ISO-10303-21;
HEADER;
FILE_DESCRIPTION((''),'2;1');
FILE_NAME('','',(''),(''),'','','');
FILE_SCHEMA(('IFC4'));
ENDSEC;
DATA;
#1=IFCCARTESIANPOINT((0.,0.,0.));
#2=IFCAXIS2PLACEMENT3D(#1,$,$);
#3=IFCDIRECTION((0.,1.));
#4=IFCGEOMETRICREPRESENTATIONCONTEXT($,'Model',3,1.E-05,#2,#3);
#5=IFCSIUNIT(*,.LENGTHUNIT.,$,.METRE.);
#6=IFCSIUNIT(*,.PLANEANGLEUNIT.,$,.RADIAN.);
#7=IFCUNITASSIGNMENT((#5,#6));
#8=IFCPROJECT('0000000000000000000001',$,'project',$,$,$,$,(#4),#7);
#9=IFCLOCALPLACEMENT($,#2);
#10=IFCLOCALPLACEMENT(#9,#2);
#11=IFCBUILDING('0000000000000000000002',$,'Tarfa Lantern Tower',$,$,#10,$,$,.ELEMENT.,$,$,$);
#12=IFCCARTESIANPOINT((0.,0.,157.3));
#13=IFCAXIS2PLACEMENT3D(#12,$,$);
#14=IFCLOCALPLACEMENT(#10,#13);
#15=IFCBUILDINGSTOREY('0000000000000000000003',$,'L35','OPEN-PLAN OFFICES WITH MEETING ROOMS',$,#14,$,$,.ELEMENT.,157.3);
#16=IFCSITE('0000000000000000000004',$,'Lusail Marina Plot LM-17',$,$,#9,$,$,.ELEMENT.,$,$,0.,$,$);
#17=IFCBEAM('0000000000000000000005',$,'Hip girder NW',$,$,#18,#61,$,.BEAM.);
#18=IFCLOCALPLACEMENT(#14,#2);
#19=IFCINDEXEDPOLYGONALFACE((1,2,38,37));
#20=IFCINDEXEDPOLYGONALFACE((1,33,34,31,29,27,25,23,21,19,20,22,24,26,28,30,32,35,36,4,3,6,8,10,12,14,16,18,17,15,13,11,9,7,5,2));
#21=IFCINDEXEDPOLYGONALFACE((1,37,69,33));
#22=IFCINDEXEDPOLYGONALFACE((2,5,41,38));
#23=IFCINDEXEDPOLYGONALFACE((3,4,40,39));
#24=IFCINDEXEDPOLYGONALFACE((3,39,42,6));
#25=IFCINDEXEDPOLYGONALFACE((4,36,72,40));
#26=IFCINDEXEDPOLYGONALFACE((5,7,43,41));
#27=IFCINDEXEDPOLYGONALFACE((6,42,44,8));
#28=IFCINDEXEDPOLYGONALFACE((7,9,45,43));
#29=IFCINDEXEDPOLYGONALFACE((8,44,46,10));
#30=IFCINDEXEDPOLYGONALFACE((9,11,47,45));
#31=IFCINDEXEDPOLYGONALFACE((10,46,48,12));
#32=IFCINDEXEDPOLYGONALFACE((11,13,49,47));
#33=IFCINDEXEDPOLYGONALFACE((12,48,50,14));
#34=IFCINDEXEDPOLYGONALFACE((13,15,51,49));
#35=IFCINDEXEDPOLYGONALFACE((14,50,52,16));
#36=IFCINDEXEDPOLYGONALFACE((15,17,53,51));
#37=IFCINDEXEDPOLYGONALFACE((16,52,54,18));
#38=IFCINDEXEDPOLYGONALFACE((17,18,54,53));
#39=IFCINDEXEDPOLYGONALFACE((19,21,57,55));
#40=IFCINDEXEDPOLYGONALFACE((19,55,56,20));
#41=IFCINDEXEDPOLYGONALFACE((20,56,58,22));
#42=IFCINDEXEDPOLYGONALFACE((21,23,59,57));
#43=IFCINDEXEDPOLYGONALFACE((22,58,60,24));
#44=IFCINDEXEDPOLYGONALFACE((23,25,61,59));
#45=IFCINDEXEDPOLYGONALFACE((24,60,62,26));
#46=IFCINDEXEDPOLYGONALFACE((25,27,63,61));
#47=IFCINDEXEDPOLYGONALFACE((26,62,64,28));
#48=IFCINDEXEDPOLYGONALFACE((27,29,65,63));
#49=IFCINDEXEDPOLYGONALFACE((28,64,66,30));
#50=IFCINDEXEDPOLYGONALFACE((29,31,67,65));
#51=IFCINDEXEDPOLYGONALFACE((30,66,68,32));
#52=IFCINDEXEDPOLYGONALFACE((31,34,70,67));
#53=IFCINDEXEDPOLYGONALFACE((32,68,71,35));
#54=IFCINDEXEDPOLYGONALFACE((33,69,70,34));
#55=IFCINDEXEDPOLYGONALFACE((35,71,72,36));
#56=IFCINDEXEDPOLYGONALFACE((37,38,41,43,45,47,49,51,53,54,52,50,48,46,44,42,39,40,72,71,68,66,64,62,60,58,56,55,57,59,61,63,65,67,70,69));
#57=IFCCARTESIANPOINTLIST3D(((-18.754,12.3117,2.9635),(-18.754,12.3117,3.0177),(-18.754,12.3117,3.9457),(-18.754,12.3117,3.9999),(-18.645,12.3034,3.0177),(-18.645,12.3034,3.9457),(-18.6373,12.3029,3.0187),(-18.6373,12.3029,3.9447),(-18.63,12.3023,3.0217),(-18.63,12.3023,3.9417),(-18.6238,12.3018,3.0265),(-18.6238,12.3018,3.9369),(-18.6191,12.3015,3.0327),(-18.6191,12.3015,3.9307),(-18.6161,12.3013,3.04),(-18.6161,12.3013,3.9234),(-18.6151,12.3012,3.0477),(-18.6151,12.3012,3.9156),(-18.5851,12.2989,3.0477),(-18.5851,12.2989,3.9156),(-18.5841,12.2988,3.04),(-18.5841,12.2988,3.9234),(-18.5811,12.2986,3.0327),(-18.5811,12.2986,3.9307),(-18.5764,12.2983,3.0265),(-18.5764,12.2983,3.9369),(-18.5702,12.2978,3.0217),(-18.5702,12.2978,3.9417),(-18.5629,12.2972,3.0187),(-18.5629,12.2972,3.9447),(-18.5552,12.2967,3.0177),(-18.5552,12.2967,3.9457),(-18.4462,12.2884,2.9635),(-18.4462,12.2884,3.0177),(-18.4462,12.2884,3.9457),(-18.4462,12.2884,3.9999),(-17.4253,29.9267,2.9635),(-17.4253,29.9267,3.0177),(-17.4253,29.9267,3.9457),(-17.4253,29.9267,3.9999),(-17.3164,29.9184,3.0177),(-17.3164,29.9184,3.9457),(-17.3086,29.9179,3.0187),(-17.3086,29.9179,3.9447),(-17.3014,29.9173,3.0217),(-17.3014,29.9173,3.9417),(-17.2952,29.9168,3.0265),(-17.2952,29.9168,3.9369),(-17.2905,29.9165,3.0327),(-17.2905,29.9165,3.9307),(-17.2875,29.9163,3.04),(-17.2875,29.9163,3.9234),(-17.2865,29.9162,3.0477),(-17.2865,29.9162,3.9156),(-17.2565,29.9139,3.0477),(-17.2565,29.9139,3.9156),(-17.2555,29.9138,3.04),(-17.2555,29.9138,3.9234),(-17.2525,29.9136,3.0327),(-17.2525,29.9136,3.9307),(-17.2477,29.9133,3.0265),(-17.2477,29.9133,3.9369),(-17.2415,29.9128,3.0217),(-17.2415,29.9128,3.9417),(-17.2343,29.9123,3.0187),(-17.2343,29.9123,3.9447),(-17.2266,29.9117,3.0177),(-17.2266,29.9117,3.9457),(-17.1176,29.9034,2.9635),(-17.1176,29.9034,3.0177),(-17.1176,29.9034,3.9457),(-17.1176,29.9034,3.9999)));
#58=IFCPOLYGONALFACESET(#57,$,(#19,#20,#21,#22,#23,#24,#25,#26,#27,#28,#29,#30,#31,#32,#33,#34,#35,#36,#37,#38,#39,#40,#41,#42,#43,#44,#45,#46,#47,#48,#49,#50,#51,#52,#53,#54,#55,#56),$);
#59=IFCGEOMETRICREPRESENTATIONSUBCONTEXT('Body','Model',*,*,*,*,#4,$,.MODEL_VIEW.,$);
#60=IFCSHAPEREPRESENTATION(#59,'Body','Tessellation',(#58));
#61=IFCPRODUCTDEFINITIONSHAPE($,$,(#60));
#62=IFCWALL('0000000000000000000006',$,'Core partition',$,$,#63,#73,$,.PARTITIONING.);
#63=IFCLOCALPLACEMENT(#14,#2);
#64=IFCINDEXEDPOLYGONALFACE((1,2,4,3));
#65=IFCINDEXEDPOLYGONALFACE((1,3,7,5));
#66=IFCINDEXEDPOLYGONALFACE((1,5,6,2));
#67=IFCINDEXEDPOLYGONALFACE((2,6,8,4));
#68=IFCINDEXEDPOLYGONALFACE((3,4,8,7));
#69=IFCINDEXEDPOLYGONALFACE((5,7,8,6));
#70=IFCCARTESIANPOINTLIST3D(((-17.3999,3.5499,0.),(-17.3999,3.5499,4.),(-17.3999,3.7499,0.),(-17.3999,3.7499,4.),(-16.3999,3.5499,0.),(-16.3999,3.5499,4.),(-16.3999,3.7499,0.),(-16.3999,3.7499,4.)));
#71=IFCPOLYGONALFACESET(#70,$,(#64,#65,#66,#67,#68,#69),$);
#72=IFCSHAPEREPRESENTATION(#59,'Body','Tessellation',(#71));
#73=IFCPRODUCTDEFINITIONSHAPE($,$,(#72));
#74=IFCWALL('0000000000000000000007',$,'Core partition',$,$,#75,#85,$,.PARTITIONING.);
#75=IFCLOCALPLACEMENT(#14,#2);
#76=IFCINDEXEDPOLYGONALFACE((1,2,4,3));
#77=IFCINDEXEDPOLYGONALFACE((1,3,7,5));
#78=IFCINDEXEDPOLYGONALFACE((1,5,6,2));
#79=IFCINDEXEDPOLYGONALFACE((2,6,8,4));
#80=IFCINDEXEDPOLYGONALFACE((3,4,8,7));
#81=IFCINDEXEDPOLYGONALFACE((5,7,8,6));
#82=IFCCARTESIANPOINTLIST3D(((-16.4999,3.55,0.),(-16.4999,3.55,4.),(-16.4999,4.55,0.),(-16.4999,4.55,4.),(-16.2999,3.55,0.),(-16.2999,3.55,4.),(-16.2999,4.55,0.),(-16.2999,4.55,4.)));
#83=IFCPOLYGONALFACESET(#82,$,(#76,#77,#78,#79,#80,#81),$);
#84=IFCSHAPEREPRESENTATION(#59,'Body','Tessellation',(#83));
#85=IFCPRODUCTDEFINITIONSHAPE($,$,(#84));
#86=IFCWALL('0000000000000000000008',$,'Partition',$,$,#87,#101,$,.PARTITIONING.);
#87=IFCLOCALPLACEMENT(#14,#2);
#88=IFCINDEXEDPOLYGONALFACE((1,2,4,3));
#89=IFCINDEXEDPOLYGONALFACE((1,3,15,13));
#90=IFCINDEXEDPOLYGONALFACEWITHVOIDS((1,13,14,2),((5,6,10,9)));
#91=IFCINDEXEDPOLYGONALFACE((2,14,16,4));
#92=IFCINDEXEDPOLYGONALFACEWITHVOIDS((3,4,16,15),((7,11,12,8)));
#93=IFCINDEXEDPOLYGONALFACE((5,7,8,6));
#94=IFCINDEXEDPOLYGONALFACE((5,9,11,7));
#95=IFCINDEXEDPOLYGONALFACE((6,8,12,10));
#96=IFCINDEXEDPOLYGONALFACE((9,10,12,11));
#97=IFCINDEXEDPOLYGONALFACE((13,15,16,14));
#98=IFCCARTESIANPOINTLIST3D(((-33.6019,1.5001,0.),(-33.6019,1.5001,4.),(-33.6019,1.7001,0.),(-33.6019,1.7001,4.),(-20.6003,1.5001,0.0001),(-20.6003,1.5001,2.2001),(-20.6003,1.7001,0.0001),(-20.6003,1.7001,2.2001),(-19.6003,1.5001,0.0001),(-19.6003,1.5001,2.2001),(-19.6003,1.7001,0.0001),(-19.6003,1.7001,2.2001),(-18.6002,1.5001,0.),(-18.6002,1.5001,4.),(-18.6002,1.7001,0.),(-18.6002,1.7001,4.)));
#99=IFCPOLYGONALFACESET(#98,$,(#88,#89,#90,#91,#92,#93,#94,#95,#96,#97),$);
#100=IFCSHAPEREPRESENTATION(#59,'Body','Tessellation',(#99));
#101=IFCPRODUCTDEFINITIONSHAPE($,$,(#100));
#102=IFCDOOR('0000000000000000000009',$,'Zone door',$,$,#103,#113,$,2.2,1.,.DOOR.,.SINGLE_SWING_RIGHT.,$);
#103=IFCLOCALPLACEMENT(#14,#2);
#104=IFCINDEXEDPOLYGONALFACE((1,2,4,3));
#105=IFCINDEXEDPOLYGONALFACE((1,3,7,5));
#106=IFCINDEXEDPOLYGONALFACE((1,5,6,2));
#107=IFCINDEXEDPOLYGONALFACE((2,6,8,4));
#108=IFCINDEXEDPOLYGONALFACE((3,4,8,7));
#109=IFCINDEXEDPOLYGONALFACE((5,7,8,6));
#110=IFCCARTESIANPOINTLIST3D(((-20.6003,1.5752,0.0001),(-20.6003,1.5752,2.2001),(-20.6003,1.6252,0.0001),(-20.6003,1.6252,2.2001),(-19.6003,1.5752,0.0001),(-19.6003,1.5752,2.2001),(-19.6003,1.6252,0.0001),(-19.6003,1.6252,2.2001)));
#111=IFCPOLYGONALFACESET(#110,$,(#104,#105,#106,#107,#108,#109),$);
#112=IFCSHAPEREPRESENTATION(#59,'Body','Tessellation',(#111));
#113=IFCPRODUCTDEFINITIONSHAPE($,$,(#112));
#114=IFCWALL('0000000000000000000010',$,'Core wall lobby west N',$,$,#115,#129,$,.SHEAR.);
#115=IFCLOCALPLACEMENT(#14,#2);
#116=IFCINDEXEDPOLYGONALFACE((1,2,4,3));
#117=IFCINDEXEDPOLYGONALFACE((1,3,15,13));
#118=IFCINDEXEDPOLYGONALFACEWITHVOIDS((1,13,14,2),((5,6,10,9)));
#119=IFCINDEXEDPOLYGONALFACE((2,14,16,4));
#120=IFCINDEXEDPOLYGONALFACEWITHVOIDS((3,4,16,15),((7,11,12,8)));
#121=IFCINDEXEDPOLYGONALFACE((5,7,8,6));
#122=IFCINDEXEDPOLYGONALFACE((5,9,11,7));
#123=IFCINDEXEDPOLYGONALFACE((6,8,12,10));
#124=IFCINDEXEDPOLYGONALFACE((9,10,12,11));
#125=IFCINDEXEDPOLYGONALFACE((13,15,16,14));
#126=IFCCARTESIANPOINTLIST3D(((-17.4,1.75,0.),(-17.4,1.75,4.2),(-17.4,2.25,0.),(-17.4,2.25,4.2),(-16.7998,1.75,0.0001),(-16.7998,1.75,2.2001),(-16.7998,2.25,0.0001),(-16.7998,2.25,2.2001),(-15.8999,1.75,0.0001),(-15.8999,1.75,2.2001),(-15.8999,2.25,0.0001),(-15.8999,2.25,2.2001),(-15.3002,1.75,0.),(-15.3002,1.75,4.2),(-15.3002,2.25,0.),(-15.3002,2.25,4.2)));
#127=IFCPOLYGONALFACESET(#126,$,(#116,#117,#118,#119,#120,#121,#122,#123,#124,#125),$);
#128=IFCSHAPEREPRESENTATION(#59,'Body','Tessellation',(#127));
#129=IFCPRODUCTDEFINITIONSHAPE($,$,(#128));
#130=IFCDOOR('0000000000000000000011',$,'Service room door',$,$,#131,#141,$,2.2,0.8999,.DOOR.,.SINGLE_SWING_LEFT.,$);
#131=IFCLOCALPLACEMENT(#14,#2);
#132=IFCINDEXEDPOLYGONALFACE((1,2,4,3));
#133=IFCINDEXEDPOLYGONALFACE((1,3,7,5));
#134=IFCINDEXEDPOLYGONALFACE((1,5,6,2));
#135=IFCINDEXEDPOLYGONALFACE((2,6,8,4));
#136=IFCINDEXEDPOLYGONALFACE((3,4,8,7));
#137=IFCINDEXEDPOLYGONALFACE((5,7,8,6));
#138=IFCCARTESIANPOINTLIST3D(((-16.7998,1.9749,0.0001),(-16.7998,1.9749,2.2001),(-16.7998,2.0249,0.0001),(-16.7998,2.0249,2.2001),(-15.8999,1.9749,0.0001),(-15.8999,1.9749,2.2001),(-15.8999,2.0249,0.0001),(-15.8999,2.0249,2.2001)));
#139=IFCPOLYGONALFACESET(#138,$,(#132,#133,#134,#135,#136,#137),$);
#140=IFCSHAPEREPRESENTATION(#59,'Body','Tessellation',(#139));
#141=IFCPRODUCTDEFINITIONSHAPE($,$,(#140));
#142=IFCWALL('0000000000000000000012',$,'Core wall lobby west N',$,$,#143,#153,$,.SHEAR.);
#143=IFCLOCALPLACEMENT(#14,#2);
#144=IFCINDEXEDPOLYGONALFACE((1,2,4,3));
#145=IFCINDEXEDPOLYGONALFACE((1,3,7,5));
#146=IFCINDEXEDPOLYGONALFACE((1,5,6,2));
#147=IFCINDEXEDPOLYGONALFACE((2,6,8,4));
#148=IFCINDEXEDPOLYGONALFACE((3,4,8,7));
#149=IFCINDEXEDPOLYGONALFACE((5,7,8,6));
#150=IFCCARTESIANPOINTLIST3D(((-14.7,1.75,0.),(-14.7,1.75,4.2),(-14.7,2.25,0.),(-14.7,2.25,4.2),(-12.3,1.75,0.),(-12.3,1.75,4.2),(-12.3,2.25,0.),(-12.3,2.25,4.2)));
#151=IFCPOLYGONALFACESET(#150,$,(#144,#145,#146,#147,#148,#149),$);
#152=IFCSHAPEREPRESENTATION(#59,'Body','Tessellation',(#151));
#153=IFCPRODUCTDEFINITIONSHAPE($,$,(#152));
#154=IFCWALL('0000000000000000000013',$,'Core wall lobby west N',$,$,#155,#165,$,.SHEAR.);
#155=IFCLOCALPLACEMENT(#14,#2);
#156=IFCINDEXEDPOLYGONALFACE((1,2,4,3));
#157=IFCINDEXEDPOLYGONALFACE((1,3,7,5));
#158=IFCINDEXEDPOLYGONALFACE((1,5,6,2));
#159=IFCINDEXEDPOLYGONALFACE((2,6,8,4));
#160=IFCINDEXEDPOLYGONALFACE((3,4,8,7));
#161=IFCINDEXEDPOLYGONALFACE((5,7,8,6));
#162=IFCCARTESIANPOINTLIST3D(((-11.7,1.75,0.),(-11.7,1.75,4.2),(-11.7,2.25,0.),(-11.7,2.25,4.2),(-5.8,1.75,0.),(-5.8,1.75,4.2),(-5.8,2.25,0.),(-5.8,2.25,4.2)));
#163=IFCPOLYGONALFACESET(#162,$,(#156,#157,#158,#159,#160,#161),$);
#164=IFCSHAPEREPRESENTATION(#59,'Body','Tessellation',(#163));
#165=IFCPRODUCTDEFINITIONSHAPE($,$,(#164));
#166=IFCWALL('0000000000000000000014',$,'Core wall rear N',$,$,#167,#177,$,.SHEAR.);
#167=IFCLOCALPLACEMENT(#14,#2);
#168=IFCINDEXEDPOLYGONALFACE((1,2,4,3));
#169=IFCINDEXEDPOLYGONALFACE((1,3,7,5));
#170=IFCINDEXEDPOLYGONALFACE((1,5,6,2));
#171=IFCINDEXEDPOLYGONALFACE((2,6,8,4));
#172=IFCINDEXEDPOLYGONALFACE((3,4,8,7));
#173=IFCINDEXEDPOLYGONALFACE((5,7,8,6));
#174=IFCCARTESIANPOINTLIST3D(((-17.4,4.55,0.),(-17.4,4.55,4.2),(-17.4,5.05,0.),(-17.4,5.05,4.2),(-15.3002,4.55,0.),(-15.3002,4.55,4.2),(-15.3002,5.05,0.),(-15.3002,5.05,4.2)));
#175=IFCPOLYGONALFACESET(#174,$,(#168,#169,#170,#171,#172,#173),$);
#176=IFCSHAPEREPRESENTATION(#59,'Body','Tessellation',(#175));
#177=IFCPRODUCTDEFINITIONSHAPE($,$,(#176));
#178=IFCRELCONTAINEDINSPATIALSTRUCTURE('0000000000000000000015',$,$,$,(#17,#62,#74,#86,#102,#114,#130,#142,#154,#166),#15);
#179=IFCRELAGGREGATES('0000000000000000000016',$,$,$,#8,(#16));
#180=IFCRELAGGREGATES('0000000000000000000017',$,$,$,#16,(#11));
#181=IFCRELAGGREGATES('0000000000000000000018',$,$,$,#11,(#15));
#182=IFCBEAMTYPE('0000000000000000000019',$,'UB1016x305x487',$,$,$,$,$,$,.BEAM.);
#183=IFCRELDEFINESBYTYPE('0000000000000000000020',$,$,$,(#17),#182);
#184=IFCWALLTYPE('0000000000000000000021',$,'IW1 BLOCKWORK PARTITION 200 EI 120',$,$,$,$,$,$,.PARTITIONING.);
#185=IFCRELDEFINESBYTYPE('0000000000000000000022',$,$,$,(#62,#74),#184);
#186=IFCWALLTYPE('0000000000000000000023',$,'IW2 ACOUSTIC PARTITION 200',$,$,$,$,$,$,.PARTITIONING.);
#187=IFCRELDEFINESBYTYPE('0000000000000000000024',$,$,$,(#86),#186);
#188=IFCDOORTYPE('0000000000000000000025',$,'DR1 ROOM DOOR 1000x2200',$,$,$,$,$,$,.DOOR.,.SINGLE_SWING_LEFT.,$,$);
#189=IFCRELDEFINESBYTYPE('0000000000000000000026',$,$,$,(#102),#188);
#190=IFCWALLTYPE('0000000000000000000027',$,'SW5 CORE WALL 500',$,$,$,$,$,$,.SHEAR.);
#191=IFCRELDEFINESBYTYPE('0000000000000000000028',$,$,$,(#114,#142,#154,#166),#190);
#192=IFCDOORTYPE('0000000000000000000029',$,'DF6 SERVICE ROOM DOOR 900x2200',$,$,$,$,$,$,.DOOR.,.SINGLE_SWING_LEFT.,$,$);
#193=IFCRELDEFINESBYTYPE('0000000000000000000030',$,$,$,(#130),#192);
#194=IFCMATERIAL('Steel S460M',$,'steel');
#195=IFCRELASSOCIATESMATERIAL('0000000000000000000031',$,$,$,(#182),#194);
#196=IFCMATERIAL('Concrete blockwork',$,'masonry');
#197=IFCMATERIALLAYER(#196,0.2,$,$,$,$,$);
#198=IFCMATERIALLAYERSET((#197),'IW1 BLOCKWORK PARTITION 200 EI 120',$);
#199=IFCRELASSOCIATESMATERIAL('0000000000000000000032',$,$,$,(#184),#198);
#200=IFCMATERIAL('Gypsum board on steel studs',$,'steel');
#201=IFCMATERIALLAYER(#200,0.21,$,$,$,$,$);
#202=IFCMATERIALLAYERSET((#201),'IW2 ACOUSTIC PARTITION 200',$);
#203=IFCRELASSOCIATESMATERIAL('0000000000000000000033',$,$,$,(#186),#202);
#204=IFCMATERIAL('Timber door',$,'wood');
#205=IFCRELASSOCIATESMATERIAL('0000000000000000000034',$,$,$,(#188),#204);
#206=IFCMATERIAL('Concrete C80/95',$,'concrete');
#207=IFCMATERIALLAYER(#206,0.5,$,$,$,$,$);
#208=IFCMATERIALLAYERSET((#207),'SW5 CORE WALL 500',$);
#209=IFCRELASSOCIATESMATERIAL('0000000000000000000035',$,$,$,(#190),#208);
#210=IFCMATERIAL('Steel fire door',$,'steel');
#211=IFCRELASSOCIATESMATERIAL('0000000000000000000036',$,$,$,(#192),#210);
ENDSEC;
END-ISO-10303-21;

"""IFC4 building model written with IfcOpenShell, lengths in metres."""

from ifc_helpers import new_model, si_unit, direction, frame, frame_2d, origin, origin_2d, place, context, subcontext, project, spatial, rectangle, i_section, extrude, material, layer, layer_set, material_profile, profile_set, type_object, element, fill, save


model = new_model("IFC4")

# Units and contexts
model_context = context("Model", 3, precision=1e-05, world=origin(), true_north=direction((0.0, 1.0)))
body_context = subcontext(model_context, "Body", "Model", "MODEL_VIEW")
ifc_project = project(units=[si_unit("LENGTHUNIT", "METRE"), si_unit("PLANEANGLEUNIT", "RADIAN")], contexts=[model_context])

# Site, building, storey
site_placement = place(None, origin())
site = spatial("IfcSite", under=ifc_project, at=site_placement, Name="Lusail Marina Plot LM-17", CompositionType="ELEMENT", RefElevation=0.0)
building_placement = place(site_placement, origin())
building = spatial("IfcBuilding", under=site, at=building_placement, Name="Tarfa Lantern Tower", CompositionType="ELEMENT")
storey_placement = place(building_placement, frame((0.0, 0.0, 157.3)))
storey = spatial("IfcBuildingStorey", under=building, at=storey_placement, Name="L35", Description="OPEN-PLAN OFFICES WITH MEETING ROOMS", CompositionType="ELEMENT", Elevation=157.3)

# Beam
ifc_material_1 = material(Name="Steel S460M", Category="steel")
ifc_material_profile = material_profile(ifc_material_1, i_section(OverallWidth=0.3086, OverallDepth=1.0364, WebThickness=0.03, FlangeThickness=0.0542, FilletRadius=0.03, at=origin_2d()), Name="UB1016x305x487")
ifc_profile_set = profile_set([ifc_material_profile], Name="Steel S460M")
beam_type = type_object("IfcBeamType", Name="UB1016x305x487", PredefinedType="BEAM", material=ifc_profile_set)
beam_placement = place(storey_placement, frame((-18.6001, 12.3, 3.4817), z_axis=(0.075212, 0.997168, 0.0), x_axis=(-0.997168, 0.075212, 0.0)))
element("IfcBeam", 1, at=beam_placement, inside=storey, type_object=beam_type, Name="Hip girder NW", PredefinedType="BEAM", context=body_context, shape_type="SweptSolid", body=[
    extrude(i_section(OverallWidth=0.3086, OverallDepth=1.0364, WebThickness=0.03, FlangeThickness=0.0542, FilletRadius=0.03, at=origin_2d()), origin(), (0.0, 0.0, 1.0), 17.665),
])

# Walls
ifc_material_2 = material(Name="Concrete blockwork", Category="masonry")
ifc_layer_1 = layer(ifc_material_2, 0.2)
ifc_layer_set_1 = layer_set([ifc_layer_1], Name="IW1 BLOCKWORK PARTITION 200 EI 120")
wall_type_1 = type_object("IfcWallType", Name="IW1 BLOCKWORK PARTITION 200 EI 120", PredefinedType="PARTITIONING", material=ifc_layer_set_1)
for number, where, z_axis, x_axis, name in (
    (2, (-17.3999, 3.6499, 0.0), (0.0, 0.0, 1.0), (1.0, 0.0, 0.0), "Core partition"),
    (3, (-16.3999, 3.55, 0.0), (0.0, 0.0, 1.0), (0.0, 1.0, 0.0), "Core partition"),
):
    element("IfcWall", number, at=place(storey_placement, frame(where, z_axis=z_axis, x_axis=x_axis)), inside=storey, type_object=wall_type_1, Name=name, PredefinedType="PARTITIONING", context=body_context, shape_type="SweptSolid", body=[
        extrude(rectangle(XDim=1.0, YDim=0.2, at=frame_2d((0.5, 0.0))), origin(), (0.0, 0.0, 1.0), 4.0),
    ])

# Walls, openings, doors
ifc_material_3 = material(Name="Gypsum board on steel studs", Category="steel")
ifc_layer_2 = layer(ifc_material_3, 0.21)
ifc_layer_set_2 = layer_set([ifc_layer_2], Name="IW2 ACOUSTIC PARTITION 200")
wall_type_2 = type_object("IfcWallType", Name="IW2 ACOUSTIC PARTITION 200", PredefinedType="PARTITIONING", material=ifc_layer_set_2)
wall_1_placement = place(storey_placement, frame((-18.6001, 1.6001, 0.0), z_axis=(0.0, 0.0, 1.0), x_axis=(-1.0, 0.0, 0.0)))
wall_1 = element("IfcWall", 4, at=wall_1_placement, inside=storey, type_object=wall_type_2, Name="Partition", PredefinedType="PARTITIONING", context=body_context, shape_type="SweptSolid", body=[
    extrude(rectangle(XDim=15.0017, YDim=0.2, at=frame_2d((7.501, 0.0))), origin(), (0.0, 0.0, 1.0), 4.0),
])
opening_1_placement = place(wall_1_placement, frame((1.0002, 0.0, 0.0)))
opening_1 = element("IfcOpeningElement", 5, at=opening_1_placement, cuts=wall_1, PredefinedType="OPENING", context=body_context, shape_type="SweptSolid", body=[
    extrude(rectangle(XDim=1.0, YDim=2.2, at=frame_2d((0.5, 1.1001))), frame((0.0, 0.1099, 0.0), z_axis=(0.0, -1.0, 0.0), x_axis=(1.0, 0.0, 0.0)), (0.0, 0.0, 1.0), 0.22),
])
ifc_material_4 = material(Name="Timber door", Category="wood")
door_type_1 = type_object("IfcDoorType", Name="DR1 ROOM DOOR 1000x2200", OperationType="SINGLE_SWING_LEFT", PredefinedType="DOOR", material=ifc_material_4)
door_1_placement = place(opening_1_placement, origin())
door_1 = element("IfcDoor", 6, at=door_1_placement, inside=storey, type_object=door_type_1, Name="Zone door", OperationType="SINGLE_SWING_RIGHT", OverallHeight=2.2, OverallWidth=1.0, PredefinedType="DOOR", context=body_context, shape_type="SweptSolid", body=[
    extrude(rectangle(XDim=1.0, YDim=2.2, at=frame_2d((0.5, 1.1001))), frame((0.0, 0.0249, 0.0), z_axis=(0.0, -1.0, 0.0), x_axis=(1.0, 0.0, 0.0)), (0.0, 0.0, 1.0), 0.05),
])
fill(opening_1, door_1)
ifc_material_5 = material(Name="Concrete C80/95", Category="concrete")
ifc_material_6 = material(Name="Steel fire door", Category="steel")
ifc_layer_3 = layer(ifc_material_5, 0.5)
ifc_layer_set_3 = layer_set([ifc_layer_3], Name="SW5 CORE WALL 500")
wall_type_3 = type_object("IfcWallType", Name="SW5 CORE WALL 500", PredefinedType="SHEAR", material=ifc_layer_set_3)
wall_2_placement = place(storey_placement, frame((-17.3999, 2.0, 0.0), z_axis=(0.0, 0.0, 1.0), x_axis=(1.0, 0.0, 0.0)))
wall_2 = element("IfcWall", 7, at=wall_2_placement, inside=storey, type_object=wall_type_3, Name="Core wall lobby west N", PredefinedType="SHEAR", context=body_context, shape_type="SweptSolid", body=[
    extrude(rectangle(XDim=2.0999, YDim=0.5, at=frame_2d((1.0498, 0.0))), origin(), (0.0, 0.0, 1.0), 4.2),
])
opening_2_placement = place(wall_2_placement, frame((0.6001, 0.0, 0.0)))
opening_2 = element("IfcOpeningElement", 8, at=opening_2_placement, cuts=wall_2, PredefinedType="OPENING", context=body_context, shape_type="SweptSolid", body=[
    extrude(rectangle(XDim=0.8999, YDim=2.2, at=frame_2d((0.45, 1.1001))), frame((0.0, 0.26, 0.0), z_axis=(0.0, -1.0, 0.0), x_axis=(1.0, 0.0, 0.0)), (0.0, 0.0, 1.0), 0.52),
])
door_type_2 = type_object("IfcDoorType", Name="DF6 SERVICE ROOM DOOR 900x2200", OperationType="SINGLE_SWING_LEFT", PredefinedType="DOOR", material=ifc_material_6)
door_2_placement = place(opening_2_placement, origin())
door_2 = element("IfcDoor", 9, at=door_2_placement, inside=storey, type_object=door_type_2, Name="Service room door", OperationType="SINGLE_SWING_LEFT", OverallHeight=2.2, OverallWidth=0.8999, PredefinedType="DOOR", context=body_context, shape_type="SweptSolid", body=[
    extrude(rectangle(XDim=0.8999, YDim=2.2, at=frame_2d((0.45, 1.1001))), frame((0.0, 0.0249, 0.0), z_axis=(0.0, -1.0, 0.0), x_axis=(1.0, 0.0, 0.0)), (0.0, 0.0, 1.0), 0.05),
])
fill(opening_2, door_2)

# Walls
wall_3_placement = place(storey_placement, frame((-14.7, 2.0, 0.0), z_axis=(0.0, 0.0, 1.0), x_axis=(1.0, 0.0, 0.0)))
element("IfcWall", 10, at=wall_3_placement, inside=storey, type_object=wall_type_3, Name="Core wall lobby west N", PredefinedType="SHEAR", context=body_context, shape_type="SweptSolid", body=[
    extrude(rectangle(XDim=2.3999, YDim=0.5, at=frame_2d((1.2, 0.0))), origin(), (0.0, 0.0, 1.0), 4.2),
])
wall_4_placement = place(storey_placement, frame((-11.7, 2.0, 0.0), z_axis=(0.0, 0.0, 1.0), x_axis=(1.0, 0.0, 0.0)))
element("IfcWall", 11, at=wall_4_placement, inside=storey, type_object=wall_type_3, Name="Core wall lobby west N", PredefinedType="SHEAR", context=body_context, shape_type="SweptSolid", body=[
    extrude(rectangle(XDim=5.8999, YDim=0.5, at=frame_2d((2.95, 0.0))), origin(), (0.0, 0.0, 1.0), 4.2),
])
wall_5_placement = place(storey_placement, frame((-17.3999, 4.8, 0.0), z_axis=(0.0, 0.0, 1.0), x_axis=(1.0, 0.0, 0.0)))
element("IfcWall", 12, at=wall_5_placement, inside=storey, type_object=wall_type_3, Name="Core wall rear N", PredefinedType="SHEAR", context=body_context, shape_type="SweptSolid", body=[
    extrude(rectangle(XDim=2.0999, YDim=0.5, at=frame_2d((1.0498, 0.0))), origin(), (0.0, 0.0, 1.0), 4.2),
])

save(model, "model.ifc")
